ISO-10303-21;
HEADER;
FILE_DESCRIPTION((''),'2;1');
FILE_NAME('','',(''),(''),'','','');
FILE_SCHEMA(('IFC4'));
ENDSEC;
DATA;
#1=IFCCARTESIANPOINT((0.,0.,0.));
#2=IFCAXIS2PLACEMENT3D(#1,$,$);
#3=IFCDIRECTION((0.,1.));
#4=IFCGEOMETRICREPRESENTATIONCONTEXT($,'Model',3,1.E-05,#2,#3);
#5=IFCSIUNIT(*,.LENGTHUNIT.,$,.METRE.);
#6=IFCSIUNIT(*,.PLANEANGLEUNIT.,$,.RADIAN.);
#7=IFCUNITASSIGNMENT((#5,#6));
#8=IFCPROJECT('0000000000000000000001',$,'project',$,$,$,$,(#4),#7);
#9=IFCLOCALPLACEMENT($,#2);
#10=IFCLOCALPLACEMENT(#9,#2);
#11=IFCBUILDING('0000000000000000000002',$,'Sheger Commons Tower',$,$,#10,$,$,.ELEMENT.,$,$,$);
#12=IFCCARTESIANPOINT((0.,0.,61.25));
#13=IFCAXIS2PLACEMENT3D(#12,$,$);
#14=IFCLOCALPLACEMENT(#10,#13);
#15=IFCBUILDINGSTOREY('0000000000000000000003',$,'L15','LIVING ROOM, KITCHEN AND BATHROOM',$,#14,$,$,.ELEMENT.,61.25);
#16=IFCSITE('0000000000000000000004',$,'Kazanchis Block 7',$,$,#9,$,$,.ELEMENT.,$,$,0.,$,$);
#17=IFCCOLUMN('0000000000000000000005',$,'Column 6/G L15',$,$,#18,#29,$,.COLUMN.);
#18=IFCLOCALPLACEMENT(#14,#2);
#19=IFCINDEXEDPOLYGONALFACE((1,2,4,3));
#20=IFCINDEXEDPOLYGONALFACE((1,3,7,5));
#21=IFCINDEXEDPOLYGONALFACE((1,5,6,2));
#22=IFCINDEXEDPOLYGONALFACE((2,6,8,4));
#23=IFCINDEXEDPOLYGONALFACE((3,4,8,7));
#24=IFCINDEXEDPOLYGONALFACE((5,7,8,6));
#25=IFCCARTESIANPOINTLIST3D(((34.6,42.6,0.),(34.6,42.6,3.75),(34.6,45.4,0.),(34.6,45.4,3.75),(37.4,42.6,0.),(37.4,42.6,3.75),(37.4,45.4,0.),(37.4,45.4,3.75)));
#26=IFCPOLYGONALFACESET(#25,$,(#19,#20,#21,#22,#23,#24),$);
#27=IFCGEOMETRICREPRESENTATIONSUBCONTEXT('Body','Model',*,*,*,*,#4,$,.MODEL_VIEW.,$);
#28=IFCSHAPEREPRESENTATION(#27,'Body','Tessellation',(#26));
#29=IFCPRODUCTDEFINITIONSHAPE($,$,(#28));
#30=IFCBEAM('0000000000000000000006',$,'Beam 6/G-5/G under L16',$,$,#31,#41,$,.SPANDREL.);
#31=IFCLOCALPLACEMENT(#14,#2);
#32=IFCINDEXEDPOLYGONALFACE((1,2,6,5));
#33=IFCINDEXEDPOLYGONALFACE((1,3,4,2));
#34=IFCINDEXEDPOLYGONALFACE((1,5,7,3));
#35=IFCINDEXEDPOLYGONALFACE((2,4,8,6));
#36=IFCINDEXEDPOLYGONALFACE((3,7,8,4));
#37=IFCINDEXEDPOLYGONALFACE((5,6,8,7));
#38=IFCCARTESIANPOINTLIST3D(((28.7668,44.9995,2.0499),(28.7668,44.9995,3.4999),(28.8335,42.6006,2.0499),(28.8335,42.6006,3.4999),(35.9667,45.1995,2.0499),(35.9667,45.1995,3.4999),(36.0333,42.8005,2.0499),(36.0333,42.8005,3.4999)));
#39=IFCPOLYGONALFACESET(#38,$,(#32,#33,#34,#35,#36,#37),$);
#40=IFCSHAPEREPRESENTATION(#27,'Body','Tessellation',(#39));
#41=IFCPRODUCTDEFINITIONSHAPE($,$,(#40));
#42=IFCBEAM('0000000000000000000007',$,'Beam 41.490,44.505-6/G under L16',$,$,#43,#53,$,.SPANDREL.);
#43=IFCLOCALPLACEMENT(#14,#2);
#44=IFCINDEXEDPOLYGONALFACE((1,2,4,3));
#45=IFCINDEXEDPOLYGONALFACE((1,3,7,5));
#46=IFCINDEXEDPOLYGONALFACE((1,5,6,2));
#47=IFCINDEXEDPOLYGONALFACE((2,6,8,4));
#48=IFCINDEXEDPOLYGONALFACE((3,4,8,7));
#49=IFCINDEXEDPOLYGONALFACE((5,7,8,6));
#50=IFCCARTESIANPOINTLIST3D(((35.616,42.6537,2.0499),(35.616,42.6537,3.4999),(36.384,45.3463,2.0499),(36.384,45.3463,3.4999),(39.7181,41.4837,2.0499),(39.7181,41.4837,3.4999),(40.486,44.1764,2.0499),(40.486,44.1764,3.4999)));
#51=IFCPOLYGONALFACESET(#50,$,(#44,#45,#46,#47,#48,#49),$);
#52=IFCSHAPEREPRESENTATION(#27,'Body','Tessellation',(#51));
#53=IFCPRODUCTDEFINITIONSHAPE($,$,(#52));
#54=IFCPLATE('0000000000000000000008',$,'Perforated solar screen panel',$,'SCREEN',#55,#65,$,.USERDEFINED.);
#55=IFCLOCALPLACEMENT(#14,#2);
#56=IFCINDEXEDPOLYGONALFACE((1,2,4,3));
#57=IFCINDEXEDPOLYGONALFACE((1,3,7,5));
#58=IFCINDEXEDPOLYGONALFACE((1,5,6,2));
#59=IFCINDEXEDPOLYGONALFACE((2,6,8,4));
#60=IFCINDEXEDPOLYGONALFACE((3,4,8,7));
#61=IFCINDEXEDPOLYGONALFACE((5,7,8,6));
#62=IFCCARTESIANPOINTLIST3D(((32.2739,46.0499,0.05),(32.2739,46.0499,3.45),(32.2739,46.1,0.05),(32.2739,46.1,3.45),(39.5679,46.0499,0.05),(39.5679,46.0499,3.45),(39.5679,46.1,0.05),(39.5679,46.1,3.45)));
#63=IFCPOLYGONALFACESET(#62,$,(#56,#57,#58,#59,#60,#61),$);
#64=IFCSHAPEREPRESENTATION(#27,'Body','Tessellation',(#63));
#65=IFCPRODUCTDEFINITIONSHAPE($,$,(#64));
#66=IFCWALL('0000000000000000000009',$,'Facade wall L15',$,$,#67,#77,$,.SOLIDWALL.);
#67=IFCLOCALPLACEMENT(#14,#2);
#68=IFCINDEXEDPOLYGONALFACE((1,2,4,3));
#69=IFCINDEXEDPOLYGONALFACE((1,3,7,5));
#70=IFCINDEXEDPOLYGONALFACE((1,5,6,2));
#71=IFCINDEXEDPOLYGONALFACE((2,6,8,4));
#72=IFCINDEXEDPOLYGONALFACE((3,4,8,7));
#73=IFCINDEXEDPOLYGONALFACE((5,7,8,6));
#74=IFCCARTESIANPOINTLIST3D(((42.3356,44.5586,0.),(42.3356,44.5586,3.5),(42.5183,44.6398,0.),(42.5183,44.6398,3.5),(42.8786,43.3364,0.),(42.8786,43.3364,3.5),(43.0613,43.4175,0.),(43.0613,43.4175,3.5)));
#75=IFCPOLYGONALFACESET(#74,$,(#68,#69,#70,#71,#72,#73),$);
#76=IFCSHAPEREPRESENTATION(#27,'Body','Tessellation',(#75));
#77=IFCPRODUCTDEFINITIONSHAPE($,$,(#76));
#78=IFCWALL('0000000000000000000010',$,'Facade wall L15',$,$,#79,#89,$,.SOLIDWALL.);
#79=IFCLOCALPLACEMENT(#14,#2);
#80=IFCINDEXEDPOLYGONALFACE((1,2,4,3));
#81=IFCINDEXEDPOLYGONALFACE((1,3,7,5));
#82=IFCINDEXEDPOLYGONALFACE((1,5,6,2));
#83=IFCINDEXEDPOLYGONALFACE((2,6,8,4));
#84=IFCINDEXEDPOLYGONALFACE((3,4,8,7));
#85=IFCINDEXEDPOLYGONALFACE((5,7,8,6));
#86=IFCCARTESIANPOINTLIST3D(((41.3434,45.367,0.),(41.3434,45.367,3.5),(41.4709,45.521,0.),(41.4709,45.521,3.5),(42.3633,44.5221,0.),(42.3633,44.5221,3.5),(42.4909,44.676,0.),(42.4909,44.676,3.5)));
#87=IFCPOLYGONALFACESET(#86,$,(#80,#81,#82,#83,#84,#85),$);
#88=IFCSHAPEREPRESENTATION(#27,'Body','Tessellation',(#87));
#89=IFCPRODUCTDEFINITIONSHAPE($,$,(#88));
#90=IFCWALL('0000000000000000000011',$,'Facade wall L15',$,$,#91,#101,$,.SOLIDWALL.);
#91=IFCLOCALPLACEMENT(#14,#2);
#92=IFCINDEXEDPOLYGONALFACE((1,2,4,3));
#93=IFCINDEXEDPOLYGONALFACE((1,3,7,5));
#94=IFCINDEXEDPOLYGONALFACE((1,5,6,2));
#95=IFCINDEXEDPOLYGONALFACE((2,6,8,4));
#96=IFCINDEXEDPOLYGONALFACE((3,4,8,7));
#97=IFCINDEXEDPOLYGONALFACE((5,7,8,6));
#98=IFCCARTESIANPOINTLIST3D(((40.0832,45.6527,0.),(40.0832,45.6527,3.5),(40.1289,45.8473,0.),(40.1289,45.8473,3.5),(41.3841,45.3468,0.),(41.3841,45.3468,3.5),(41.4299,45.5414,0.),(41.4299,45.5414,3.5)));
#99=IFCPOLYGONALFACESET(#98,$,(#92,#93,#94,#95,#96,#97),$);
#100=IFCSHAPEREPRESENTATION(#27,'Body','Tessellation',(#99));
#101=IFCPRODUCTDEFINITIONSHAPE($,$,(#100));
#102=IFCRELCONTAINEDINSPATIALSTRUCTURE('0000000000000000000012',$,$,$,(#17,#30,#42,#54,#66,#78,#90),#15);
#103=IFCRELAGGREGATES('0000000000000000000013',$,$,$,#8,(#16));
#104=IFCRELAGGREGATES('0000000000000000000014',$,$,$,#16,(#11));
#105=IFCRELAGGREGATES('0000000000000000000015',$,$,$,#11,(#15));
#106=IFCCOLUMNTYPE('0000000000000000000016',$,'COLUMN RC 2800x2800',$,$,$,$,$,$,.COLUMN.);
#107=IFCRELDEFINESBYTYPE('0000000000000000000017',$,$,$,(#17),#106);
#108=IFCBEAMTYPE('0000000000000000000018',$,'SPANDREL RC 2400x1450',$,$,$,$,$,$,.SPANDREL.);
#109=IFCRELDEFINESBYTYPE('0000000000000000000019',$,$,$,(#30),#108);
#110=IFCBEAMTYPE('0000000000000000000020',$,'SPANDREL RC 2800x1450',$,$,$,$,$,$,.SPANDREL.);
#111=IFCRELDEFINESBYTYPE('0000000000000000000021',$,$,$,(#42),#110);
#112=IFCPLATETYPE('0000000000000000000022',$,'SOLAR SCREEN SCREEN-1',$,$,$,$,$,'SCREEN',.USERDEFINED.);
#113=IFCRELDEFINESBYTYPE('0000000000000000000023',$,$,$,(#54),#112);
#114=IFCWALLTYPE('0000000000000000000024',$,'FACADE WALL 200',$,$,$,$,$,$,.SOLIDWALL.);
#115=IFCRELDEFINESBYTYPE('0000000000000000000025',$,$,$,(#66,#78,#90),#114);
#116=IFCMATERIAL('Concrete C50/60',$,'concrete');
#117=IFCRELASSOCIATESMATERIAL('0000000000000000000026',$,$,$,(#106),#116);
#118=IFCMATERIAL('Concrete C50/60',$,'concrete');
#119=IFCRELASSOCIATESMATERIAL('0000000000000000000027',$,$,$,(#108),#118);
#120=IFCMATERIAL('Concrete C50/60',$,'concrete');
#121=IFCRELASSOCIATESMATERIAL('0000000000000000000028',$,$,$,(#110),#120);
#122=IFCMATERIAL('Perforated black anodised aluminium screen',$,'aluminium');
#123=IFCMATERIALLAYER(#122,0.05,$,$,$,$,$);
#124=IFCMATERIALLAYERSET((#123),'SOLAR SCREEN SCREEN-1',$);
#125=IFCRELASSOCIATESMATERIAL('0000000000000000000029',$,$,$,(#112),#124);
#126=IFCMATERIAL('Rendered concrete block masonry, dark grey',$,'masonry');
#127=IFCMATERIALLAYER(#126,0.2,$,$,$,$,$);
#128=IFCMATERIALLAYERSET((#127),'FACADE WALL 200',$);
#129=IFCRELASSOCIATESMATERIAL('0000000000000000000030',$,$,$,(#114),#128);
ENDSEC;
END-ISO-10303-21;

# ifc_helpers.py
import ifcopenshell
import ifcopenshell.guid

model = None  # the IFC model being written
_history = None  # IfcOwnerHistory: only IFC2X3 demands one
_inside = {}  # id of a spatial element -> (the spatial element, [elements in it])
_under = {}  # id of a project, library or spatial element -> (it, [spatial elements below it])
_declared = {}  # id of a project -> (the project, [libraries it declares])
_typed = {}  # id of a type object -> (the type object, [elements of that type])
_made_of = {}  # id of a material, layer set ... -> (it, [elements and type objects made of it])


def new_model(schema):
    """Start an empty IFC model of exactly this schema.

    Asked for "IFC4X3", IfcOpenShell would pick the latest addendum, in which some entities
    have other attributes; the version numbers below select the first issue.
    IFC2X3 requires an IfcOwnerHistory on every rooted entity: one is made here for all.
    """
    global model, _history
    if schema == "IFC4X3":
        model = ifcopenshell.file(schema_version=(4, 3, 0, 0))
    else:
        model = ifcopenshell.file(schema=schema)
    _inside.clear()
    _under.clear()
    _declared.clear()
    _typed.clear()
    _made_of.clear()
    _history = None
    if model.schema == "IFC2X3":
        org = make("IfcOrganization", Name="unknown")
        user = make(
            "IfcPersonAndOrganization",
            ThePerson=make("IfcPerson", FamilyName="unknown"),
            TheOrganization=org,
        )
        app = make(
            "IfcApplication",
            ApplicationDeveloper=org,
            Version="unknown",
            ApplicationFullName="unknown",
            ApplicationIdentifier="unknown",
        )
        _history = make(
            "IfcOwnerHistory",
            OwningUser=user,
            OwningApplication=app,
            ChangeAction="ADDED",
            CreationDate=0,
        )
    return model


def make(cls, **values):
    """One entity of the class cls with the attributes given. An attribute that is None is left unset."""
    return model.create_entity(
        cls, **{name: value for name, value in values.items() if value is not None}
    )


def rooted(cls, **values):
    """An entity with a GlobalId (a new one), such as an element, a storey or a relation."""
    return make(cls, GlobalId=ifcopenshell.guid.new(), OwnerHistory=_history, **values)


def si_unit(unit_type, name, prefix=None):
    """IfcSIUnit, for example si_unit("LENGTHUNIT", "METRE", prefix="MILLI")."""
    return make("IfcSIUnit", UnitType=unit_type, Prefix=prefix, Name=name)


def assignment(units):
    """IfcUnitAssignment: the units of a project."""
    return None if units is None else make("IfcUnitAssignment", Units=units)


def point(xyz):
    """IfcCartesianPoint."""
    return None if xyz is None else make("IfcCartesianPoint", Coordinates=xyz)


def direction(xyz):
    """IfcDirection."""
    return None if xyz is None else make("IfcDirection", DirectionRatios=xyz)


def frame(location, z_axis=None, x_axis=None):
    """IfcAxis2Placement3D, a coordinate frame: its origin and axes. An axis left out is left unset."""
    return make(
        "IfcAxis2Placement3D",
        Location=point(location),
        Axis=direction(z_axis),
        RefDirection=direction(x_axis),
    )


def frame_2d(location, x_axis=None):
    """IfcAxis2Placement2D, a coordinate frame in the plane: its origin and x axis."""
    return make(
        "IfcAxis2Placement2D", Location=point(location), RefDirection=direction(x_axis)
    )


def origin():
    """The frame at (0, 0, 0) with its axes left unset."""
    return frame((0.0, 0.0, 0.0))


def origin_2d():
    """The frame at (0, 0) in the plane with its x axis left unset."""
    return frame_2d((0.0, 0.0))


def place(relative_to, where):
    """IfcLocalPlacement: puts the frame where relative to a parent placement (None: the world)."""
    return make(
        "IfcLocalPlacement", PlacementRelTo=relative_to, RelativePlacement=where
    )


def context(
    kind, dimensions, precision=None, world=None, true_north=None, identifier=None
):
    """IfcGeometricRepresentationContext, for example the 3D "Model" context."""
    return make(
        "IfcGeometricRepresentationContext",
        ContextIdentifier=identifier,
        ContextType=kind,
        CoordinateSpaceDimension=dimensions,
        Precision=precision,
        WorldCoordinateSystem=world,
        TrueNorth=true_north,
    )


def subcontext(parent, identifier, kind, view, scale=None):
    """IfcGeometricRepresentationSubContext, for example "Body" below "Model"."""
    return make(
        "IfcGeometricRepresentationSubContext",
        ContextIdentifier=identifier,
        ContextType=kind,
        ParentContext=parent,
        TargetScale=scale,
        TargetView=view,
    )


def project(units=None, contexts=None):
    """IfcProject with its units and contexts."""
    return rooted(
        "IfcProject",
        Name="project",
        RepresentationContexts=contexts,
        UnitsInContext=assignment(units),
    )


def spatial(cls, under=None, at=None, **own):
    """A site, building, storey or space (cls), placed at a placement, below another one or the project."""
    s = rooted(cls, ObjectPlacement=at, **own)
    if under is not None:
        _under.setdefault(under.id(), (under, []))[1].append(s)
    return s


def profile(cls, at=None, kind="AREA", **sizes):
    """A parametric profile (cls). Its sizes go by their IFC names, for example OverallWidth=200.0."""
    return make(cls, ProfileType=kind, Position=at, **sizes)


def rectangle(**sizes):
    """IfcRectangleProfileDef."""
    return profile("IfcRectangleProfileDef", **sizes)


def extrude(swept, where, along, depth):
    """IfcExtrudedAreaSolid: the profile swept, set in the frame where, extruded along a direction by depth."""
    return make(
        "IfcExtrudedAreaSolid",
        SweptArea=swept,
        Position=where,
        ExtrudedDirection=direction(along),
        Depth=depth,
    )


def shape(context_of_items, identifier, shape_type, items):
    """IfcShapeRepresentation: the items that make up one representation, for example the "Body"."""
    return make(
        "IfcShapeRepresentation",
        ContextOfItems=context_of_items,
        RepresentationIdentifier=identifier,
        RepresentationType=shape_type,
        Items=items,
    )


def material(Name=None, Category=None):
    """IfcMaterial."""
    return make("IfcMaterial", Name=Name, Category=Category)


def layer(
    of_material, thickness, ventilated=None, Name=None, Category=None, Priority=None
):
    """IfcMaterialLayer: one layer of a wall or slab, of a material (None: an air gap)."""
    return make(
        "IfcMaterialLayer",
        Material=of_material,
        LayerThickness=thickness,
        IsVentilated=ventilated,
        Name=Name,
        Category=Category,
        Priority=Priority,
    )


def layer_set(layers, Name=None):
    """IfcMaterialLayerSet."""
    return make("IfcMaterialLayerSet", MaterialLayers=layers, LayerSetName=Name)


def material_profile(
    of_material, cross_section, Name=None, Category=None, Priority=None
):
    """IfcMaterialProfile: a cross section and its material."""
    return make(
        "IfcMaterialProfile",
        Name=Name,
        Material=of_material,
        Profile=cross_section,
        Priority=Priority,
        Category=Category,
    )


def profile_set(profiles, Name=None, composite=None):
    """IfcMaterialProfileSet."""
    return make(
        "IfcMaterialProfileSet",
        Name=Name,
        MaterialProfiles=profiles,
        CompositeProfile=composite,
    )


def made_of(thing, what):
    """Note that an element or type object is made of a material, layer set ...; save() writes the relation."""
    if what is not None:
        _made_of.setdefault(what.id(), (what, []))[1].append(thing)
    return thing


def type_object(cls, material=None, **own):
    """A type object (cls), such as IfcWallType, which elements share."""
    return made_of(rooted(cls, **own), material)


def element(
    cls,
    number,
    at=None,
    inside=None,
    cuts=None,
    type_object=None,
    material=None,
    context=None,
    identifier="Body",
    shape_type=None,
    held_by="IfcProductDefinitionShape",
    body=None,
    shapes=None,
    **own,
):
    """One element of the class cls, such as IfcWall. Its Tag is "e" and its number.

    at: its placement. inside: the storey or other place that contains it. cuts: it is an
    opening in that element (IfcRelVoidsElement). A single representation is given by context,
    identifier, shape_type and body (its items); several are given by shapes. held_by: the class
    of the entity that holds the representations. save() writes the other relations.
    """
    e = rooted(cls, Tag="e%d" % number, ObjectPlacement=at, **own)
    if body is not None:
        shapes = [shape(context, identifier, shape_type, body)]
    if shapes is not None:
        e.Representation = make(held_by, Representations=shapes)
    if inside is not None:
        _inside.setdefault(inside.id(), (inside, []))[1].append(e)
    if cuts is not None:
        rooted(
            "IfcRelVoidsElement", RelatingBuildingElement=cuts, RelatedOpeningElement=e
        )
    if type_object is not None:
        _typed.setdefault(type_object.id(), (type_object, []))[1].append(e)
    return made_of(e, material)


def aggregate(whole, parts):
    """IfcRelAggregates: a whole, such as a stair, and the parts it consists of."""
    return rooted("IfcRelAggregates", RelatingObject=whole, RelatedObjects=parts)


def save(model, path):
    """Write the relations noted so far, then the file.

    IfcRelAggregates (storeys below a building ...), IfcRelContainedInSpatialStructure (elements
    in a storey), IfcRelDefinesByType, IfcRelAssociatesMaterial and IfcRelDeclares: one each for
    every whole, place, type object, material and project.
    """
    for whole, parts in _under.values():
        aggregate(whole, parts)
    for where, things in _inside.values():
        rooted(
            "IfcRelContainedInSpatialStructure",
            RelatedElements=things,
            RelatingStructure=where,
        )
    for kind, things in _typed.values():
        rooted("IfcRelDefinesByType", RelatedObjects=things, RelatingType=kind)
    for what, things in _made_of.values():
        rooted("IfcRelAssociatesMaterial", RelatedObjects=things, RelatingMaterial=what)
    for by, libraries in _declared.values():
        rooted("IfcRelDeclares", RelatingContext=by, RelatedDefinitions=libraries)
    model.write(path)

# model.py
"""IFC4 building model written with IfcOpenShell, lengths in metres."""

from ifc_helpers import new_model, si_unit, direction, frame, frame_2d, origin, origin_2d, place, context, subcontext, project, spatial, rectangle, extrude, material, layer, layer_set, material_profile, profile_set, type_object, element, save


model = new_model("IFC4")

# Units and contexts
model_context = context("Model", 3, precision=1e-05, world=origin(), true_north=direction((0.0, 1.0)))
body_context = subcontext(model_context, "Body", "Model", "MODEL_VIEW")
ifc_project = project(units=[si_unit("LENGTHUNIT", "METRE"), si_unit("PLANEANGLEUNIT", "RADIAN")], contexts=[model_context])

# Site, building, storey
site_placement = place(None, origin())
site = spatial("IfcSite", under=ifc_project, at=site_placement, Name="Kazanchis Block 7", CompositionType="ELEMENT", RefElevation=0.0)
building_placement = place(site_placement, origin())
building = spatial("IfcBuilding", under=site, at=building_placement, Name="Sheger Commons Tower", CompositionType="ELEMENT")
storey_placement = place(building_placement, frame((0.0, 0.0, 61.25)))
storey = spatial("IfcBuildingStorey", under=building, at=storey_placement, Name="L15", Description="LIVING ROOM, KITCHEN AND BATHROOM", CompositionType="ELEMENT", Elevation=61.25)

# Column
ifc_material_1 = material(Name="Concrete C50/60", Category="concrete")
ifc_material_profile_1 = material_profile(ifc_material_1, rectangle(XDim=2.8, YDim=2.8, at=origin_2d()), Name="RC 2800x2800")
ifc_profile_set_1 = profile_set([ifc_material_profile_1], Name="Concrete C50/60")
column_type = type_object("IfcColumnType", Name="COLUMN RC 2800x2800", PredefinedType="COLUMN", material=ifc_profile_set_1)
column_placement = place(storey_placement, frame((36.0, 44.0, 0.0), z_axis=(0.0, 0.0, 1.0), x_axis=(1.0, 0.0, 0.0)))
element("IfcColumn", 1, at=column_placement, inside=storey, type_object=column_type, Name="Column 6/G L15", PredefinedType="COLUMN", context=body_context, shape_type="SweptSolid", body=[
    extrude(rectangle(XDim=2.8, YDim=2.8, at=origin_2d()), origin(), (0.0, 0.0, 1.0), 3.75),
])

# Beams
ifc_material_2 = material(Name="Concrete C50/60", Category="concrete")
ifc_material_profile_2 = material_profile(ifc_material_2, rectangle(XDim=2.3999, YDim=1.45, at=origin_2d()), Name="RC 2400x1450")
ifc_profile_set_2 = profile_set([ifc_material_profile_2], Name="Concrete C50/60")
beam_type_1 = type_object("IfcBeamType", Name="SPANDREL RC 2400x1450", PredefinedType="SPANDREL", material=ifc_profile_set_2)
beam_1_placement = place(storey_placement, frame((36.0, 44.0, 2.7749), z_axis=(-0.999615, -0.02776, 0.0), x_axis=(0.02776, -0.999615, 0.0)))
element("IfcBeam", 2, at=beam_1_placement, inside=storey, type_object=beam_type_1, Name="Beam 6/G-5/G under L16", PredefinedType="SPANDREL", context=body_context, shape_type="SweptSolid", body=[
    extrude(rectangle(XDim=2.3999, YDim=1.45, at=origin_2d()), origin(), (0.0, 0.0, 1.0), 7.2026),
])
ifc_material_3 = material(Name="Concrete C50/60", Category="concrete")
ifc_material_profile_3 = material_profile(ifc_material_3, rectangle(XDim=2.8, YDim=1.45, at=origin_2d()), Name="RC 2800x1450")
ifc_profile_set_3 = profile_set([ifc_material_profile_3], Name="Concrete C50/60")
beam_type_2 = type_object("IfcBeamType", Name="SPANDREL RC 2800x1450", PredefinedType="SPANDREL", material=ifc_profile_set_3)
beam_2_placement = place(storey_placement, frame((40.1021, 42.8301, 2.7749), z_axis=(-0.961653, 0.274268, 0.0), x_axis=(-0.274268, -0.961653, 0.0)))
element("IfcBeam", 3, at=beam_2_placement, inside=storey, type_object=beam_type_2, Name="Beam 41.490,44.505-6/G under L16", PredefinedType="SPANDREL", context=body_context, shape_type="SweptSolid", body=[
    extrude(rectangle(XDim=2.8, YDim=1.45, at=origin_2d()), origin(), (0.0, 0.0, 1.0), 4.2656),
])

# Plate
ifc_material_4 = material(Name="Perforated black anodised aluminium screen", Category="aluminium")
ifc_layer_1 = layer(ifc_material_4, 0.05)
ifc_layer_set_1 = layer_set([ifc_layer_1], Name="SOLAR SCREEN SCREEN-1")
plate_type = type_object("IfcPlateType", Name="SOLAR SCREEN SCREEN-1", ElementType="SCREEN", PredefinedType="USERDEFINED", material=ifc_layer_set_1)
plate_placement = place(storey_placement, frame((35.9209, 46.075, 0.05), z_axis=(0.0, 0.0, 1.0), x_axis=(-1.0, 0.0, 0.0)))
element("IfcPlate", 4, at=plate_placement, inside=storey, type_object=plate_type, Name="Perforated solar screen panel", ObjectType="SCREEN", PredefinedType="USERDEFINED", context=body_context, shape_type="SweptSolid", body=[
    extrude(rectangle(XDim=7.2939, YDim=0.05, at=origin_2d()), origin(), (0.0, 0.0, 1.0), 3.3999),
])

# Walls
ifc_material_5 = material(Name="Rendered concrete block masonry, dark grey", Category="masonry")
ifc_layer_2 = layer(ifc_material_5, 0.2)
ifc_layer_set_2 = layer_set([ifc_layer_2], Name="FACADE WALL 200")
wall_type_1 = type_object("IfcWallType", Name="FACADE WALL 200", PredefinedType="SOLIDWALL", material=ifc_layer_set_2)
wall_1_placement = place(storey_placement, frame((42.97, 43.377, 0.0), z_axis=(0.0, 0.0, 1.0), x_axis=(-0.406003, 0.913872, 0.0)))
element("IfcWall", 5, at=wall_1_placement, inside=storey, type_object=wall_type_1, Name="Facade wall L15", PredefinedType="SOLIDWALL", context=body_context, shape_type="SweptSolid", body=[
    extrude(rectangle(XDim=1.3374, YDim=0.2, at=frame_2d((0.6687, 0.0))), origin(), (0.0, 0.0, 1.0), 3.5),
])
wall_2_placement = place(storey_placement, frame((42.427, 44.5991, 0.0), z_axis=(0.0, 0.0, 1.0), x_axis=(-0.770091, 0.637934, 0.0)))
element("IfcWall", 6, at=wall_2_placement, inside=storey, type_object=wall_type_1, Name="Facade wall L15", PredefinedType="SOLIDWALL", context=body_context, shape_type="SweptSolid", body=[
    extrude(rectangle(XDim=1.3245, YDim=0.2, at=frame_2d((0.6621, 0.0))), origin(), (0.0, 0.0, 1.0), 3.5),
])
wall_3_placement = place(storey_placement, frame((41.407, 45.4441, 0.0), z_axis=(0.0, 0.0, 1.0), x_axis=(-0.973453, 0.228887, 0.0)))
element("IfcWall", 7, at=wall_3_placement, inside=storey, type_object=wall_type_1, Name="Facade wall L15", PredefinedType="SOLIDWALL", context=body_context, shape_type="SweptSolid", body=[
    extrude(rectangle(XDim=1.3364, YDim=0.2, at=frame_2d((0.6682, 0.0))), origin(), (0.0, 0.0, 1.0), 3.5),
])

save(model, "model.ifc")
